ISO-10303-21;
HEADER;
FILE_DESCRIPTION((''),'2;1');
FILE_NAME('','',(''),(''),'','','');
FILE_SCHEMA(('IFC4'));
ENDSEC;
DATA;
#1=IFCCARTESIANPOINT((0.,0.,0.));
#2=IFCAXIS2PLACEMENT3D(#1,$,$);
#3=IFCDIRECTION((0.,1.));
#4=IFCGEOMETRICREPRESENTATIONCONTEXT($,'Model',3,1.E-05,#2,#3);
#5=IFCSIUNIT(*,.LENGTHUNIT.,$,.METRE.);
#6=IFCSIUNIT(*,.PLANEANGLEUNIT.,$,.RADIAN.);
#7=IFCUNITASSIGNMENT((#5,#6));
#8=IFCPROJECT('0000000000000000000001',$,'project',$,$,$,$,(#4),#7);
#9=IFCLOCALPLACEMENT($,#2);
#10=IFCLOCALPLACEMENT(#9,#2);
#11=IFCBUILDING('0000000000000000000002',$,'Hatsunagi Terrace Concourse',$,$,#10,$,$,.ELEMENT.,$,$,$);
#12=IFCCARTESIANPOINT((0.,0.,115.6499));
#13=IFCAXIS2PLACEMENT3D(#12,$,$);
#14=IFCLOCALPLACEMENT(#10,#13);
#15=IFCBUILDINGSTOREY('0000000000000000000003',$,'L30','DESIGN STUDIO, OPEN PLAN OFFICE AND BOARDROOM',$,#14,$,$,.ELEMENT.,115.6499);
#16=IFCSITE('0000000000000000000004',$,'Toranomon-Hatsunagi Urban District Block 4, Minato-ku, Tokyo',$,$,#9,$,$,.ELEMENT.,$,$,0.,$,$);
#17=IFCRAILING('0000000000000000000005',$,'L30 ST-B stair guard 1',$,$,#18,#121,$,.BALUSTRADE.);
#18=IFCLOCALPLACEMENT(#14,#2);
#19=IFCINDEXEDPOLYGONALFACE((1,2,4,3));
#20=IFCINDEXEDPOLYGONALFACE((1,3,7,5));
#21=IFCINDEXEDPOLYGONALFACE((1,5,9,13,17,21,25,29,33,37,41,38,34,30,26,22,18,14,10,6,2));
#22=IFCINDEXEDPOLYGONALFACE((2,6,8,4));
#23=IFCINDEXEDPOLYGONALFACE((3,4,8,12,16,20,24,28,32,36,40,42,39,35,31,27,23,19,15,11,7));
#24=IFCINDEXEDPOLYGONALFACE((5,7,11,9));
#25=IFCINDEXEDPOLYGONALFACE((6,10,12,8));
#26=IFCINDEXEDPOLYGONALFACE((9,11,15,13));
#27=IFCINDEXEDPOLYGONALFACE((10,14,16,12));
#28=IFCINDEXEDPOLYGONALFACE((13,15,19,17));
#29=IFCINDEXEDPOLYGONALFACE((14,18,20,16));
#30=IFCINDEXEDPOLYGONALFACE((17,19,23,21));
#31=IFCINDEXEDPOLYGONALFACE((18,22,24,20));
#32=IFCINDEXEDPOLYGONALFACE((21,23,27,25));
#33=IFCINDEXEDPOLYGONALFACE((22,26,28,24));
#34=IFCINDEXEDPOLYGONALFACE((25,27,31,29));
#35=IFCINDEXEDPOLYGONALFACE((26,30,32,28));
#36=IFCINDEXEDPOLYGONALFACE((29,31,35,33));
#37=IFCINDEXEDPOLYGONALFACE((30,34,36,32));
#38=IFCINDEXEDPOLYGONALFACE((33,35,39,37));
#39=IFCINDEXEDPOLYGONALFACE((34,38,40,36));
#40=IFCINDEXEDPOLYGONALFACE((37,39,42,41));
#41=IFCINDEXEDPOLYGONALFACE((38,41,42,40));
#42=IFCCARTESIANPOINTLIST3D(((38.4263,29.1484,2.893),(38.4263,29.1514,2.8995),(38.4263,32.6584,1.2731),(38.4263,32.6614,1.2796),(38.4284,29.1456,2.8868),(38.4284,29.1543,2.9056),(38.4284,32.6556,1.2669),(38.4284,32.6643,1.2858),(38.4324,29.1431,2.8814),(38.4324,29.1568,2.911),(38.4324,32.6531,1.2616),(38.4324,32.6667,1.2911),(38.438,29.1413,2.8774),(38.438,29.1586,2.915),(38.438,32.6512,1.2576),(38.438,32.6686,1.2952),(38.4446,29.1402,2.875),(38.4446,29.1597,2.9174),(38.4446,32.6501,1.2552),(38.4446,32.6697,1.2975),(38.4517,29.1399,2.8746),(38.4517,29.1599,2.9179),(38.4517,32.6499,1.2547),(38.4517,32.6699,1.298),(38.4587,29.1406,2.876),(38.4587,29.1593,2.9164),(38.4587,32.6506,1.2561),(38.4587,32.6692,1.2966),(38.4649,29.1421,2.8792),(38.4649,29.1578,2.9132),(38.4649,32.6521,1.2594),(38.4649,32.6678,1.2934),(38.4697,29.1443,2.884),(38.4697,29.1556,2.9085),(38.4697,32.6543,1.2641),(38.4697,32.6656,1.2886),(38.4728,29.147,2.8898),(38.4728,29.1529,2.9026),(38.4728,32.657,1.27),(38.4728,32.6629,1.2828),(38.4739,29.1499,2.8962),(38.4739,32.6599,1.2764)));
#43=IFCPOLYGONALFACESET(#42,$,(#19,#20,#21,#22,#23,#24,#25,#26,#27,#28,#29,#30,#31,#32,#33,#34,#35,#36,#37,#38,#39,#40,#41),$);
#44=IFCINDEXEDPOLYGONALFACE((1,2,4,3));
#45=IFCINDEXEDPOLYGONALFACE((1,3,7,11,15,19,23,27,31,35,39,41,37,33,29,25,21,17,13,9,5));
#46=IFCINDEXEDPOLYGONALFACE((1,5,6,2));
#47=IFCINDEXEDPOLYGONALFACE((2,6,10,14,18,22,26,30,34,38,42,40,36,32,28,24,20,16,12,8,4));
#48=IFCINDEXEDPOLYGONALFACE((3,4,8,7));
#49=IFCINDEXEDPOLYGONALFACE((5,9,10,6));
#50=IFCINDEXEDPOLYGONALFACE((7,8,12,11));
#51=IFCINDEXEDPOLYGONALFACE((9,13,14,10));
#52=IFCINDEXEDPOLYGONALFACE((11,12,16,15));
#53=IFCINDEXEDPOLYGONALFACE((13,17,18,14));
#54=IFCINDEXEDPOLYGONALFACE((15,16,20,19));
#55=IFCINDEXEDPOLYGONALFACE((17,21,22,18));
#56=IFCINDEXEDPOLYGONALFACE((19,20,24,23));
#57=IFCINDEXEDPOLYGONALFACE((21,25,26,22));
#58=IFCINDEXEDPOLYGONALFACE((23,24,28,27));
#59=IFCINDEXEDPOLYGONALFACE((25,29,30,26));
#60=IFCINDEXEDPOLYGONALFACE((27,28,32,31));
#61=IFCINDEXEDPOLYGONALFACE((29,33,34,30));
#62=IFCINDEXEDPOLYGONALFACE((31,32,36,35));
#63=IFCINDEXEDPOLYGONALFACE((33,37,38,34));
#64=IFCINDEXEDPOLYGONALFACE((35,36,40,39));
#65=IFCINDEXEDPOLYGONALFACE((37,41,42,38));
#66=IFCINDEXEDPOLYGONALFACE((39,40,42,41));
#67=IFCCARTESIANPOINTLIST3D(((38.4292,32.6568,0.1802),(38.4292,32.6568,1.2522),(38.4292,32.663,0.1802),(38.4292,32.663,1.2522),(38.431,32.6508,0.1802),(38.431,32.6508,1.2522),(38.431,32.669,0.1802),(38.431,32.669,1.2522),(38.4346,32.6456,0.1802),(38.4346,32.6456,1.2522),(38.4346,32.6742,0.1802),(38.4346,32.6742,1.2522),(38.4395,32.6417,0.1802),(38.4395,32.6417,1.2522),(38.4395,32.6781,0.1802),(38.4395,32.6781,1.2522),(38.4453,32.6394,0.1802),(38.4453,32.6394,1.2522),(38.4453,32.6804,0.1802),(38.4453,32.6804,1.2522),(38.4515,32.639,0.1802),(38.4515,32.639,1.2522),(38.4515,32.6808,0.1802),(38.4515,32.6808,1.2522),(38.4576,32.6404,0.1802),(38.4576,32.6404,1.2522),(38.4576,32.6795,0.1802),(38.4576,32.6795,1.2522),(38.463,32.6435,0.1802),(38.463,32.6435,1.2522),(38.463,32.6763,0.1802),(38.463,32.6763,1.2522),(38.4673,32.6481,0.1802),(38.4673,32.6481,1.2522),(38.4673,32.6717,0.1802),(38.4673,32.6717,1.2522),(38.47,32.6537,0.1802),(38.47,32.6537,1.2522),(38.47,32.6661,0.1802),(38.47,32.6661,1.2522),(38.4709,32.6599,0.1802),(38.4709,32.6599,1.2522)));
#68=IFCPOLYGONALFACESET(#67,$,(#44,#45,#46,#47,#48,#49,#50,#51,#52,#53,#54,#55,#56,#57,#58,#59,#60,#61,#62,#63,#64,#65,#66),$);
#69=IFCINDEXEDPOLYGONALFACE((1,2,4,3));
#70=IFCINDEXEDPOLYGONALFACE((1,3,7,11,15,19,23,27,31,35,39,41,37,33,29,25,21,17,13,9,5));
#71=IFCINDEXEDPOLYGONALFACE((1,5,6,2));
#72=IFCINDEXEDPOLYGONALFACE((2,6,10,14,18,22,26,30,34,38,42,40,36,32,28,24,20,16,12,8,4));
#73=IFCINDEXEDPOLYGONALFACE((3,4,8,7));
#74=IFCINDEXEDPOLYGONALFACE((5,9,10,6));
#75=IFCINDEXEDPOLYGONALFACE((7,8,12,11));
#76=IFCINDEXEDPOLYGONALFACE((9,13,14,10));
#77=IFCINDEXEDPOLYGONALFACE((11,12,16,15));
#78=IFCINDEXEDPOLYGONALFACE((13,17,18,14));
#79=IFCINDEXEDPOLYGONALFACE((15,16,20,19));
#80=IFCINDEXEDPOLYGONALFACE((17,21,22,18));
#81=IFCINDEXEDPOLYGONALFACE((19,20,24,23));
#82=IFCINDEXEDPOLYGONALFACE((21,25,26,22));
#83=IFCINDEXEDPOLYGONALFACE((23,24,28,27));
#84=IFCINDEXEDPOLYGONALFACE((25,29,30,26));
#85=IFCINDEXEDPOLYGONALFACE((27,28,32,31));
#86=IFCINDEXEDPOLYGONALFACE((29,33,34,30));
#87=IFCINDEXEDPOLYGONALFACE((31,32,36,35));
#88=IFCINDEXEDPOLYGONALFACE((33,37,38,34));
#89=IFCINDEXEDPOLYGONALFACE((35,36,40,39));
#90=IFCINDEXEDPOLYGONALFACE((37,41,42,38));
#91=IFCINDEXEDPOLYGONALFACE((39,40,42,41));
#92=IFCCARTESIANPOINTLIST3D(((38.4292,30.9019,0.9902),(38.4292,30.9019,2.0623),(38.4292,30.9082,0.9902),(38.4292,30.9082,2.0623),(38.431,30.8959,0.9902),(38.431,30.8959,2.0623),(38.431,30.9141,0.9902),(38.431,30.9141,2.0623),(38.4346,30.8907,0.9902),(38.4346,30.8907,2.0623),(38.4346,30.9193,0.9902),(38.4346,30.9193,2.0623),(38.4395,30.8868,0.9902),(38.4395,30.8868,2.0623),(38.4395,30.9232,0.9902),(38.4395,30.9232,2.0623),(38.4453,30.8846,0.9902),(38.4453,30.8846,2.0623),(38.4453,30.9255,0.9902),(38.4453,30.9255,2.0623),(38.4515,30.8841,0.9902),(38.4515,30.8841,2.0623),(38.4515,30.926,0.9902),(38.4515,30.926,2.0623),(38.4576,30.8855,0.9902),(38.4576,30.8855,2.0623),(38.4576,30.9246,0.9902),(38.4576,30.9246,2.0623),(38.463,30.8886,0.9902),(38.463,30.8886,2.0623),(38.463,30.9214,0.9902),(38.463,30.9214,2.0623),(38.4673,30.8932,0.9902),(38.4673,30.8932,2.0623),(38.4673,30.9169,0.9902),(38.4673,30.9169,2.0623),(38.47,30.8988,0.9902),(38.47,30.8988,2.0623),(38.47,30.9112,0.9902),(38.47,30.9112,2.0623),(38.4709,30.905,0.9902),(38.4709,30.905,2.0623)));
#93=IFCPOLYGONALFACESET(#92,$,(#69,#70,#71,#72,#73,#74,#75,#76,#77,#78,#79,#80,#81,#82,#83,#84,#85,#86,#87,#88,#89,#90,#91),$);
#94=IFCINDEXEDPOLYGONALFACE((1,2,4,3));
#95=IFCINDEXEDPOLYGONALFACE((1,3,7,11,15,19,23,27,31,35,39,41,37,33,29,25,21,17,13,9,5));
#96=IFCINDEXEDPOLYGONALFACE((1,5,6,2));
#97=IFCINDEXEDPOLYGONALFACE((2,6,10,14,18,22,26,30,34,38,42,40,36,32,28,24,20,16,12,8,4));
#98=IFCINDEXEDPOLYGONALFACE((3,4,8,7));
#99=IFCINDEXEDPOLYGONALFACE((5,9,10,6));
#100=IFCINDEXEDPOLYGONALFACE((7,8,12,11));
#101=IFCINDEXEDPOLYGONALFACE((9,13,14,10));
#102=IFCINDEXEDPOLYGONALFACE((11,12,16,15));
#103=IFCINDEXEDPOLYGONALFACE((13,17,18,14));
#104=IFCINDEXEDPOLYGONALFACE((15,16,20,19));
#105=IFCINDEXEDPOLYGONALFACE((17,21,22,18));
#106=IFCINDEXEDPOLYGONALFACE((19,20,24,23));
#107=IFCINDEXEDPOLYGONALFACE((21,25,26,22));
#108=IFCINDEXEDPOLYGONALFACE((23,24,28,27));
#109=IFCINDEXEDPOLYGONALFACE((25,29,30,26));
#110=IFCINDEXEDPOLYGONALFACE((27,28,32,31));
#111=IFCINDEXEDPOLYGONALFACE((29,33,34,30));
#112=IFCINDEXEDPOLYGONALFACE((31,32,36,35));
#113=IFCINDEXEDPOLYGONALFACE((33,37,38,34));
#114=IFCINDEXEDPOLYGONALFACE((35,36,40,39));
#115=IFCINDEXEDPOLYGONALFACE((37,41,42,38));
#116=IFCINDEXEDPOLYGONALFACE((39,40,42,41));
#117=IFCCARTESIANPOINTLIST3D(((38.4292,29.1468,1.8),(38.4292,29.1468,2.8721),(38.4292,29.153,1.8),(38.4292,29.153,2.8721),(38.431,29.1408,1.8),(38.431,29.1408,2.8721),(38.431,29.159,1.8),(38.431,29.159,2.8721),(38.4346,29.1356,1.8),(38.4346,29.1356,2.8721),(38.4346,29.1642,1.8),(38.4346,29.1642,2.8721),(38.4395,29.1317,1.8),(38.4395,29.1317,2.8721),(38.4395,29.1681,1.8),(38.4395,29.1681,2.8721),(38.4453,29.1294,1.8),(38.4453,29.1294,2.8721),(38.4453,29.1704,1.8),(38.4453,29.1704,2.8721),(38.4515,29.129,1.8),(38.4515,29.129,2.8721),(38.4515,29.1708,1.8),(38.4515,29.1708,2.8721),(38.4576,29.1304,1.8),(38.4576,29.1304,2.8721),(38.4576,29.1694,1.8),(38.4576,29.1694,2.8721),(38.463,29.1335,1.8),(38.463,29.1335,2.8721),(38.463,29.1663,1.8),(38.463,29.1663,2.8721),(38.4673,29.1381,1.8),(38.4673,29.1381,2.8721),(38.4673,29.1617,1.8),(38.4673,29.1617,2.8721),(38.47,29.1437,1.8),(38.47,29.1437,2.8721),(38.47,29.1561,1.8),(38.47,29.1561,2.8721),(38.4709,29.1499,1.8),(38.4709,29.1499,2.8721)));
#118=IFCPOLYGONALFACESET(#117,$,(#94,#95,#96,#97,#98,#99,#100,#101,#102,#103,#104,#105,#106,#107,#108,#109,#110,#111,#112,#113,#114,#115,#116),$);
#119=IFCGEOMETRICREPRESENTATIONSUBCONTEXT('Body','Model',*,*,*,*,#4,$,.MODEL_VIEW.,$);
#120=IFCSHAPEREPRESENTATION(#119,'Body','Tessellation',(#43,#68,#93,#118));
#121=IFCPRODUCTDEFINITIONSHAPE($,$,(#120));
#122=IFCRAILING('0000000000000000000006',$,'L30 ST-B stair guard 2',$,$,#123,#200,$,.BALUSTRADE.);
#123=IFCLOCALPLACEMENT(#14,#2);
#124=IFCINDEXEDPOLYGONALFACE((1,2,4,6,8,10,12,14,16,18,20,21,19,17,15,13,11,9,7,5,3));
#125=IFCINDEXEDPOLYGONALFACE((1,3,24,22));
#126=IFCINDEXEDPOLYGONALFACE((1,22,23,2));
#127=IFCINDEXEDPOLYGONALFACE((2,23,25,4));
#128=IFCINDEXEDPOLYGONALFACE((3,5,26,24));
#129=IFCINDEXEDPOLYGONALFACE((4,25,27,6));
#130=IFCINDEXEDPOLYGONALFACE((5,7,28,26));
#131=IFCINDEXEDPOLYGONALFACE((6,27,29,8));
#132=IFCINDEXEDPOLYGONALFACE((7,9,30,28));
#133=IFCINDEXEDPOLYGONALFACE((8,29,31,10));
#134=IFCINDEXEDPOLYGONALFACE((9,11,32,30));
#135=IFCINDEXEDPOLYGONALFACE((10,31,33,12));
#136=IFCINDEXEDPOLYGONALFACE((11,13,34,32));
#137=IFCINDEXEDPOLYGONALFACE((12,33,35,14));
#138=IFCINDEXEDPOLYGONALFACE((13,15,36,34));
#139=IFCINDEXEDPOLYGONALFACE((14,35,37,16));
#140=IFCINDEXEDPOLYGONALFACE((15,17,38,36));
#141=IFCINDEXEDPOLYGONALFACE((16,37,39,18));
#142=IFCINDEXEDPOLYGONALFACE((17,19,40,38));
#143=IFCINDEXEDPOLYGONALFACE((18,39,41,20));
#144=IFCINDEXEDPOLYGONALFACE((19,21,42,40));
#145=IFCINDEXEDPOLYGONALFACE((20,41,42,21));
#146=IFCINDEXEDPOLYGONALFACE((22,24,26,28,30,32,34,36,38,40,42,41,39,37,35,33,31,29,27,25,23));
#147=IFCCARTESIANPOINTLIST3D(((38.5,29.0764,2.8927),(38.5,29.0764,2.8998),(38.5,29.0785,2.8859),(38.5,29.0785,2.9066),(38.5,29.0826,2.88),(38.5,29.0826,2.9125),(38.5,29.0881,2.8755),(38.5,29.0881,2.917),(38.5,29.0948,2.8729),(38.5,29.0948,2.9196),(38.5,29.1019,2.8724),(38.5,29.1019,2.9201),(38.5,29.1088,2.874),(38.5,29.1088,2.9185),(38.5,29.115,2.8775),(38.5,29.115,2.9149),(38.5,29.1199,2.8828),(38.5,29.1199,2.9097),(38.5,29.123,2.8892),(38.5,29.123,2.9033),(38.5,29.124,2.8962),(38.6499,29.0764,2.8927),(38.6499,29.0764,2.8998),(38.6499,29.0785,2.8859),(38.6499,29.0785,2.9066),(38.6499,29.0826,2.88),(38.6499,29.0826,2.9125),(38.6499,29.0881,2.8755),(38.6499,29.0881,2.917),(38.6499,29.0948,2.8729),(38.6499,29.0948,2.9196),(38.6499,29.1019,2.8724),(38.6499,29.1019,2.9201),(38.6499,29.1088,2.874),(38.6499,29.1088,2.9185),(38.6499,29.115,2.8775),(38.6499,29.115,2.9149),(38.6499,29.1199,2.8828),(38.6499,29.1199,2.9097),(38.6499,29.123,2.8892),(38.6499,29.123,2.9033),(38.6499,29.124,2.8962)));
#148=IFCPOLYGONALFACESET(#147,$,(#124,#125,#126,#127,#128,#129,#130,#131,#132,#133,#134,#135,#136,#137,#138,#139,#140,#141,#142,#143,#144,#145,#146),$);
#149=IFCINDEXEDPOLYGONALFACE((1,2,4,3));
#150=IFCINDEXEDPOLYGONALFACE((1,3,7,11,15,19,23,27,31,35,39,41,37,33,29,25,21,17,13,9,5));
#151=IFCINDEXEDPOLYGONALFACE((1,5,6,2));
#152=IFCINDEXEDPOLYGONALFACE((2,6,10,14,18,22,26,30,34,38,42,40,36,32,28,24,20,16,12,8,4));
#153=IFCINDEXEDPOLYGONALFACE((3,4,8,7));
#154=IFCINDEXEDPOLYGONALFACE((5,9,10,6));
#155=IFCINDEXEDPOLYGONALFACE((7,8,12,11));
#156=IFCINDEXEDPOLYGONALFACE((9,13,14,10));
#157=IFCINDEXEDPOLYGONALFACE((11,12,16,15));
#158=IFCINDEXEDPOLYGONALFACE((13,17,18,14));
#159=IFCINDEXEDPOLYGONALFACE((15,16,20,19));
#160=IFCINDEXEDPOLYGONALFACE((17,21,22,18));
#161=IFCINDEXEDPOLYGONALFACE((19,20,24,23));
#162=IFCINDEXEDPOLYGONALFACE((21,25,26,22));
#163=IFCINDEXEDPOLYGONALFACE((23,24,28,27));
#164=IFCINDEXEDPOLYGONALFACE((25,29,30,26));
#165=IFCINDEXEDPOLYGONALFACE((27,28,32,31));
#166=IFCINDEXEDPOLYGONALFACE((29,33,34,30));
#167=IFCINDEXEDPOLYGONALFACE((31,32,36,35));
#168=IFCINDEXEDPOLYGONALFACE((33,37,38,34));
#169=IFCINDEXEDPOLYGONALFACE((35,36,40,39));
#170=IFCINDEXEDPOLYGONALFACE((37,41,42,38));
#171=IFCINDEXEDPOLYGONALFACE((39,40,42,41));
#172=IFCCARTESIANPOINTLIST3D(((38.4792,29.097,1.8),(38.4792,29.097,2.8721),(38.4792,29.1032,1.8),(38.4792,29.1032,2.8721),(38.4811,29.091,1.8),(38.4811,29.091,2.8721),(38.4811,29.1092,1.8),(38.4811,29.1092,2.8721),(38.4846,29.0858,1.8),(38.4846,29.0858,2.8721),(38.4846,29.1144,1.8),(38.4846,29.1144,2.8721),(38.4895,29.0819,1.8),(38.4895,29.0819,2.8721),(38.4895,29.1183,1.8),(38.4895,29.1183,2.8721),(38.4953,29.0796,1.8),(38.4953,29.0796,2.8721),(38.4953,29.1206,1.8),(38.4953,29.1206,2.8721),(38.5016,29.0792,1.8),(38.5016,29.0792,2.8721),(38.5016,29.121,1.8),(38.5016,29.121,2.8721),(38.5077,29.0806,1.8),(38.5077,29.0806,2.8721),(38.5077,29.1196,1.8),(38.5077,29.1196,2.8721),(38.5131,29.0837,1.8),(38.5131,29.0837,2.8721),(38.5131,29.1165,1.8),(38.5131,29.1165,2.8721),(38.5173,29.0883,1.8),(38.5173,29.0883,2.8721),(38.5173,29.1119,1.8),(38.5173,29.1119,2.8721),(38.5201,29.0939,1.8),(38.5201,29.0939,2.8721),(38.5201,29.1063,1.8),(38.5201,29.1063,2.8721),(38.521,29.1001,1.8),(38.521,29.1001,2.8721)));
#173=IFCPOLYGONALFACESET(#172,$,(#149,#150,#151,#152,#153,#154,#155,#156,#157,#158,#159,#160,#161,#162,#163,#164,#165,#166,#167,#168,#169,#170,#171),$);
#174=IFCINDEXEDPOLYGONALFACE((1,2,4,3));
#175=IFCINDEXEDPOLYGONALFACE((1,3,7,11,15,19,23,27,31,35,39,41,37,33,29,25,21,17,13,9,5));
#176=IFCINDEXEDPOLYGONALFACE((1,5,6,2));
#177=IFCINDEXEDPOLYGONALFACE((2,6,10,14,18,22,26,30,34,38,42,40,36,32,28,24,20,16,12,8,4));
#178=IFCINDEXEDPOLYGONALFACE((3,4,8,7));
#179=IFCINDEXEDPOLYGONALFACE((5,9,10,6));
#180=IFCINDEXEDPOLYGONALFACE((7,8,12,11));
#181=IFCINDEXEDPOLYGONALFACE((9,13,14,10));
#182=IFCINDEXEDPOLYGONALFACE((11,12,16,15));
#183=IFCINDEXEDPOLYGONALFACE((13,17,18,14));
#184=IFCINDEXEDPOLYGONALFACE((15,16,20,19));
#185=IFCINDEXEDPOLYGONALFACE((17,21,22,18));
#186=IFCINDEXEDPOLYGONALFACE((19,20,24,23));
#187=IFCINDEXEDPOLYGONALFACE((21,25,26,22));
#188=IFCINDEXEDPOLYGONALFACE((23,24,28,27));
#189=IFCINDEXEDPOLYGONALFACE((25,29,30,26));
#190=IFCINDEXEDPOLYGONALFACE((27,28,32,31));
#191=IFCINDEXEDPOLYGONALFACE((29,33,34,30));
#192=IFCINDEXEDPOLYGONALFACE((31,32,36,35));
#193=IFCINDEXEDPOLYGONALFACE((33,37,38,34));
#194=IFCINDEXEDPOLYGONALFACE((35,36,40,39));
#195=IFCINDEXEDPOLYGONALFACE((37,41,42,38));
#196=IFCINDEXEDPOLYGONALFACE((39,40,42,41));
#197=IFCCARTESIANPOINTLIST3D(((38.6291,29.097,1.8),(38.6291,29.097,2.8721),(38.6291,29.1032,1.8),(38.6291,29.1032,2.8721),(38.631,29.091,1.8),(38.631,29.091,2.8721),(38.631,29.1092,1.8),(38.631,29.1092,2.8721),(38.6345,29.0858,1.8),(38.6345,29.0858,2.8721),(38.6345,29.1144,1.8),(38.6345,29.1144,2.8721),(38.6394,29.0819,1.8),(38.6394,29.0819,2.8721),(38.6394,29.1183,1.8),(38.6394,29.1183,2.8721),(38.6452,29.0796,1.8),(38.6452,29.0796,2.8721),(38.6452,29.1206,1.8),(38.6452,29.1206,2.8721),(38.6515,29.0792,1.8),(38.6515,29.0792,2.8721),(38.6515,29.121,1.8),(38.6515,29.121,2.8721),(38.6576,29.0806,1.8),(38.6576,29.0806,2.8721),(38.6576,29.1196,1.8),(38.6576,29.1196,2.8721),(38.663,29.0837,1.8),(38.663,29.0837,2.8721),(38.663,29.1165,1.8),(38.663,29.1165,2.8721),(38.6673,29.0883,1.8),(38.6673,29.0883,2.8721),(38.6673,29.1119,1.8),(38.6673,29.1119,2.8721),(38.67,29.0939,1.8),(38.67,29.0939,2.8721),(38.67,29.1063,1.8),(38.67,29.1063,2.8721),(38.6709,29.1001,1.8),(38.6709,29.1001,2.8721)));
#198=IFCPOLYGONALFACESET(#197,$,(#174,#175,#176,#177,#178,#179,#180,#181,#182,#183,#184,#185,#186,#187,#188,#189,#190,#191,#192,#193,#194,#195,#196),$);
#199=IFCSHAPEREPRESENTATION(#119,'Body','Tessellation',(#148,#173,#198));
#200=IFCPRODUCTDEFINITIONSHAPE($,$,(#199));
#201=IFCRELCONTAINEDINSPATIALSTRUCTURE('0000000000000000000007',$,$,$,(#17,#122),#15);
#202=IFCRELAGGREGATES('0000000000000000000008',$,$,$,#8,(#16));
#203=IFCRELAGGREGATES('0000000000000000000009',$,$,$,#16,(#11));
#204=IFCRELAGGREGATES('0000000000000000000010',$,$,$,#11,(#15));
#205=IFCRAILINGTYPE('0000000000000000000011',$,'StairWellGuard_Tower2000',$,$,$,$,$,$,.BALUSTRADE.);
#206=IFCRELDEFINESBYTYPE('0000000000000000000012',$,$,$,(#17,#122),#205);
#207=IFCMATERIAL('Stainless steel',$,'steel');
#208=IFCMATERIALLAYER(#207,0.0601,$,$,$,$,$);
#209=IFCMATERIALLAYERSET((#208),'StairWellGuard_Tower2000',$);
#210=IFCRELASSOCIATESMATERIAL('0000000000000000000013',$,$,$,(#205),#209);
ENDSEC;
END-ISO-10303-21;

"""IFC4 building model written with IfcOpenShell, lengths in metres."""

from ifc_helpers import new_model, si_unit, direction, frame, origin, origin_2d, place, context, subcontext, project, spatial, circle, extrude, material, layer, layer_set, type_object, element, save


model = new_model("IFC4")

# Units and contexts
model_context = context("Model", 3, precision=1e-05, world=origin(), true_north=direction((0.0, 1.0)))
body_context = subcontext(model_context, "Body", "Model", "MODEL_VIEW")
ifc_project = project(units=[si_unit("LENGTHUNIT", "METRE"), si_unit("PLANEANGLEUNIT", "RADIAN")], contexts=[model_context])

# Site, building, storey
site_placement = place(None, origin())
site = spatial("IfcSite", under=ifc_project, at=site_placement, Name="Toranomon-Hatsunagi Urban District Block 4, Minato-ku, Tokyo", CompositionType="ELEMENT", RefElevation=0.0)
building_placement = place(site_placement, origin())
building = spatial("IfcBuilding", under=site, at=building_placement, Name="Hatsunagi Terrace Concourse", CompositionType="ELEMENT")
storey_placement = place(building_placement, frame((0.0, 0.0, 115.6499)))
storey = spatial("IfcBuildingStorey", under=building, at=storey_placement, Name="L30", Description="DESIGN STUDIO, OPEN PLAN OFFICE AND BOARDROOM", CompositionType="ELEMENT", Elevation=115.6499)

# Railings
ifc_material_1 = material(Name="Stainless steel", Category="steel")
ifc_layer_1 = layer(ifc_material_1, 0.0601)
ifc_layer_set_1 = layer_set([ifc_layer_1], Name="StairWellGuard_Tower2000")
railing_type_1 = type_object("IfcRailingType", Name="StairWellGuard_Tower2000", PredefinedType="BALUSTRADE", material=ifc_layer_set_1)
railing_1_placement = place(storey_placement, frame((38.45, 32.6599, 0.1802)))
element("IfcRailing", 1, at=railing_1_placement, inside=storey, type_object=railing_type_1, Name="L30 ST-B stair guard 1", PredefinedType="BALUSTRADE", context=body_context, shape_type="SweptSolid", body=[
    extrude(circle(Radius=0.0239, at=origin_2d()), frame((0.0, 0.0, 1.0962), z_axis=(0.0, -0.907972, 0.41903), x_axis=(1.0, 0.0, 0.0)), (0.0, 0.0, 1.0), 3.8657),
    extrude(circle(Radius=0.021, at=origin_2d()), origin(), (0.0, 0.0, 1.0), 1.072),
    extrude(circle(Radius=0.021, at=origin_2d()), frame((0.0, -1.7549, 0.8101)), (0.0, 0.0, 1.0), 1.072),
    extrude(circle(Radius=0.021, at=origin_2d()), frame((0.0, -3.51, 1.6199)), (0.0, 0.0, 1.0), 1.072),
])
railing_2_placement = place(storey_placement, frame((38.5, 29.1001, 1.8)))
element("IfcRailing", 2, at=railing_2_placement, inside=storey, type_object=railing_type_1, Name="L30 ST-B stair guard 2", PredefinedType="BALUSTRADE", context=body_context, shape_type="SweptSolid", body=[
    extrude(circle(Radius=0.0239, at=origin_2d()), frame((0.0, 0.0, 1.0962), z_axis=(1.0, 0.0, 0.0), x_axis=(0.0, 1.0, 0.0)), (0.0, 0.0, 1.0), 0.1499),
    extrude(circle(Radius=0.021, at=origin_2d()), origin(), (0.0, 0.0, 1.0), 1.072),
    extrude(circle(Radius=0.021, at=origin_2d()), frame((0.1499, 0.0, 0.0)), (0.0, 0.0, 1.0), 1.072),
])

save(model, "model.ifc")
